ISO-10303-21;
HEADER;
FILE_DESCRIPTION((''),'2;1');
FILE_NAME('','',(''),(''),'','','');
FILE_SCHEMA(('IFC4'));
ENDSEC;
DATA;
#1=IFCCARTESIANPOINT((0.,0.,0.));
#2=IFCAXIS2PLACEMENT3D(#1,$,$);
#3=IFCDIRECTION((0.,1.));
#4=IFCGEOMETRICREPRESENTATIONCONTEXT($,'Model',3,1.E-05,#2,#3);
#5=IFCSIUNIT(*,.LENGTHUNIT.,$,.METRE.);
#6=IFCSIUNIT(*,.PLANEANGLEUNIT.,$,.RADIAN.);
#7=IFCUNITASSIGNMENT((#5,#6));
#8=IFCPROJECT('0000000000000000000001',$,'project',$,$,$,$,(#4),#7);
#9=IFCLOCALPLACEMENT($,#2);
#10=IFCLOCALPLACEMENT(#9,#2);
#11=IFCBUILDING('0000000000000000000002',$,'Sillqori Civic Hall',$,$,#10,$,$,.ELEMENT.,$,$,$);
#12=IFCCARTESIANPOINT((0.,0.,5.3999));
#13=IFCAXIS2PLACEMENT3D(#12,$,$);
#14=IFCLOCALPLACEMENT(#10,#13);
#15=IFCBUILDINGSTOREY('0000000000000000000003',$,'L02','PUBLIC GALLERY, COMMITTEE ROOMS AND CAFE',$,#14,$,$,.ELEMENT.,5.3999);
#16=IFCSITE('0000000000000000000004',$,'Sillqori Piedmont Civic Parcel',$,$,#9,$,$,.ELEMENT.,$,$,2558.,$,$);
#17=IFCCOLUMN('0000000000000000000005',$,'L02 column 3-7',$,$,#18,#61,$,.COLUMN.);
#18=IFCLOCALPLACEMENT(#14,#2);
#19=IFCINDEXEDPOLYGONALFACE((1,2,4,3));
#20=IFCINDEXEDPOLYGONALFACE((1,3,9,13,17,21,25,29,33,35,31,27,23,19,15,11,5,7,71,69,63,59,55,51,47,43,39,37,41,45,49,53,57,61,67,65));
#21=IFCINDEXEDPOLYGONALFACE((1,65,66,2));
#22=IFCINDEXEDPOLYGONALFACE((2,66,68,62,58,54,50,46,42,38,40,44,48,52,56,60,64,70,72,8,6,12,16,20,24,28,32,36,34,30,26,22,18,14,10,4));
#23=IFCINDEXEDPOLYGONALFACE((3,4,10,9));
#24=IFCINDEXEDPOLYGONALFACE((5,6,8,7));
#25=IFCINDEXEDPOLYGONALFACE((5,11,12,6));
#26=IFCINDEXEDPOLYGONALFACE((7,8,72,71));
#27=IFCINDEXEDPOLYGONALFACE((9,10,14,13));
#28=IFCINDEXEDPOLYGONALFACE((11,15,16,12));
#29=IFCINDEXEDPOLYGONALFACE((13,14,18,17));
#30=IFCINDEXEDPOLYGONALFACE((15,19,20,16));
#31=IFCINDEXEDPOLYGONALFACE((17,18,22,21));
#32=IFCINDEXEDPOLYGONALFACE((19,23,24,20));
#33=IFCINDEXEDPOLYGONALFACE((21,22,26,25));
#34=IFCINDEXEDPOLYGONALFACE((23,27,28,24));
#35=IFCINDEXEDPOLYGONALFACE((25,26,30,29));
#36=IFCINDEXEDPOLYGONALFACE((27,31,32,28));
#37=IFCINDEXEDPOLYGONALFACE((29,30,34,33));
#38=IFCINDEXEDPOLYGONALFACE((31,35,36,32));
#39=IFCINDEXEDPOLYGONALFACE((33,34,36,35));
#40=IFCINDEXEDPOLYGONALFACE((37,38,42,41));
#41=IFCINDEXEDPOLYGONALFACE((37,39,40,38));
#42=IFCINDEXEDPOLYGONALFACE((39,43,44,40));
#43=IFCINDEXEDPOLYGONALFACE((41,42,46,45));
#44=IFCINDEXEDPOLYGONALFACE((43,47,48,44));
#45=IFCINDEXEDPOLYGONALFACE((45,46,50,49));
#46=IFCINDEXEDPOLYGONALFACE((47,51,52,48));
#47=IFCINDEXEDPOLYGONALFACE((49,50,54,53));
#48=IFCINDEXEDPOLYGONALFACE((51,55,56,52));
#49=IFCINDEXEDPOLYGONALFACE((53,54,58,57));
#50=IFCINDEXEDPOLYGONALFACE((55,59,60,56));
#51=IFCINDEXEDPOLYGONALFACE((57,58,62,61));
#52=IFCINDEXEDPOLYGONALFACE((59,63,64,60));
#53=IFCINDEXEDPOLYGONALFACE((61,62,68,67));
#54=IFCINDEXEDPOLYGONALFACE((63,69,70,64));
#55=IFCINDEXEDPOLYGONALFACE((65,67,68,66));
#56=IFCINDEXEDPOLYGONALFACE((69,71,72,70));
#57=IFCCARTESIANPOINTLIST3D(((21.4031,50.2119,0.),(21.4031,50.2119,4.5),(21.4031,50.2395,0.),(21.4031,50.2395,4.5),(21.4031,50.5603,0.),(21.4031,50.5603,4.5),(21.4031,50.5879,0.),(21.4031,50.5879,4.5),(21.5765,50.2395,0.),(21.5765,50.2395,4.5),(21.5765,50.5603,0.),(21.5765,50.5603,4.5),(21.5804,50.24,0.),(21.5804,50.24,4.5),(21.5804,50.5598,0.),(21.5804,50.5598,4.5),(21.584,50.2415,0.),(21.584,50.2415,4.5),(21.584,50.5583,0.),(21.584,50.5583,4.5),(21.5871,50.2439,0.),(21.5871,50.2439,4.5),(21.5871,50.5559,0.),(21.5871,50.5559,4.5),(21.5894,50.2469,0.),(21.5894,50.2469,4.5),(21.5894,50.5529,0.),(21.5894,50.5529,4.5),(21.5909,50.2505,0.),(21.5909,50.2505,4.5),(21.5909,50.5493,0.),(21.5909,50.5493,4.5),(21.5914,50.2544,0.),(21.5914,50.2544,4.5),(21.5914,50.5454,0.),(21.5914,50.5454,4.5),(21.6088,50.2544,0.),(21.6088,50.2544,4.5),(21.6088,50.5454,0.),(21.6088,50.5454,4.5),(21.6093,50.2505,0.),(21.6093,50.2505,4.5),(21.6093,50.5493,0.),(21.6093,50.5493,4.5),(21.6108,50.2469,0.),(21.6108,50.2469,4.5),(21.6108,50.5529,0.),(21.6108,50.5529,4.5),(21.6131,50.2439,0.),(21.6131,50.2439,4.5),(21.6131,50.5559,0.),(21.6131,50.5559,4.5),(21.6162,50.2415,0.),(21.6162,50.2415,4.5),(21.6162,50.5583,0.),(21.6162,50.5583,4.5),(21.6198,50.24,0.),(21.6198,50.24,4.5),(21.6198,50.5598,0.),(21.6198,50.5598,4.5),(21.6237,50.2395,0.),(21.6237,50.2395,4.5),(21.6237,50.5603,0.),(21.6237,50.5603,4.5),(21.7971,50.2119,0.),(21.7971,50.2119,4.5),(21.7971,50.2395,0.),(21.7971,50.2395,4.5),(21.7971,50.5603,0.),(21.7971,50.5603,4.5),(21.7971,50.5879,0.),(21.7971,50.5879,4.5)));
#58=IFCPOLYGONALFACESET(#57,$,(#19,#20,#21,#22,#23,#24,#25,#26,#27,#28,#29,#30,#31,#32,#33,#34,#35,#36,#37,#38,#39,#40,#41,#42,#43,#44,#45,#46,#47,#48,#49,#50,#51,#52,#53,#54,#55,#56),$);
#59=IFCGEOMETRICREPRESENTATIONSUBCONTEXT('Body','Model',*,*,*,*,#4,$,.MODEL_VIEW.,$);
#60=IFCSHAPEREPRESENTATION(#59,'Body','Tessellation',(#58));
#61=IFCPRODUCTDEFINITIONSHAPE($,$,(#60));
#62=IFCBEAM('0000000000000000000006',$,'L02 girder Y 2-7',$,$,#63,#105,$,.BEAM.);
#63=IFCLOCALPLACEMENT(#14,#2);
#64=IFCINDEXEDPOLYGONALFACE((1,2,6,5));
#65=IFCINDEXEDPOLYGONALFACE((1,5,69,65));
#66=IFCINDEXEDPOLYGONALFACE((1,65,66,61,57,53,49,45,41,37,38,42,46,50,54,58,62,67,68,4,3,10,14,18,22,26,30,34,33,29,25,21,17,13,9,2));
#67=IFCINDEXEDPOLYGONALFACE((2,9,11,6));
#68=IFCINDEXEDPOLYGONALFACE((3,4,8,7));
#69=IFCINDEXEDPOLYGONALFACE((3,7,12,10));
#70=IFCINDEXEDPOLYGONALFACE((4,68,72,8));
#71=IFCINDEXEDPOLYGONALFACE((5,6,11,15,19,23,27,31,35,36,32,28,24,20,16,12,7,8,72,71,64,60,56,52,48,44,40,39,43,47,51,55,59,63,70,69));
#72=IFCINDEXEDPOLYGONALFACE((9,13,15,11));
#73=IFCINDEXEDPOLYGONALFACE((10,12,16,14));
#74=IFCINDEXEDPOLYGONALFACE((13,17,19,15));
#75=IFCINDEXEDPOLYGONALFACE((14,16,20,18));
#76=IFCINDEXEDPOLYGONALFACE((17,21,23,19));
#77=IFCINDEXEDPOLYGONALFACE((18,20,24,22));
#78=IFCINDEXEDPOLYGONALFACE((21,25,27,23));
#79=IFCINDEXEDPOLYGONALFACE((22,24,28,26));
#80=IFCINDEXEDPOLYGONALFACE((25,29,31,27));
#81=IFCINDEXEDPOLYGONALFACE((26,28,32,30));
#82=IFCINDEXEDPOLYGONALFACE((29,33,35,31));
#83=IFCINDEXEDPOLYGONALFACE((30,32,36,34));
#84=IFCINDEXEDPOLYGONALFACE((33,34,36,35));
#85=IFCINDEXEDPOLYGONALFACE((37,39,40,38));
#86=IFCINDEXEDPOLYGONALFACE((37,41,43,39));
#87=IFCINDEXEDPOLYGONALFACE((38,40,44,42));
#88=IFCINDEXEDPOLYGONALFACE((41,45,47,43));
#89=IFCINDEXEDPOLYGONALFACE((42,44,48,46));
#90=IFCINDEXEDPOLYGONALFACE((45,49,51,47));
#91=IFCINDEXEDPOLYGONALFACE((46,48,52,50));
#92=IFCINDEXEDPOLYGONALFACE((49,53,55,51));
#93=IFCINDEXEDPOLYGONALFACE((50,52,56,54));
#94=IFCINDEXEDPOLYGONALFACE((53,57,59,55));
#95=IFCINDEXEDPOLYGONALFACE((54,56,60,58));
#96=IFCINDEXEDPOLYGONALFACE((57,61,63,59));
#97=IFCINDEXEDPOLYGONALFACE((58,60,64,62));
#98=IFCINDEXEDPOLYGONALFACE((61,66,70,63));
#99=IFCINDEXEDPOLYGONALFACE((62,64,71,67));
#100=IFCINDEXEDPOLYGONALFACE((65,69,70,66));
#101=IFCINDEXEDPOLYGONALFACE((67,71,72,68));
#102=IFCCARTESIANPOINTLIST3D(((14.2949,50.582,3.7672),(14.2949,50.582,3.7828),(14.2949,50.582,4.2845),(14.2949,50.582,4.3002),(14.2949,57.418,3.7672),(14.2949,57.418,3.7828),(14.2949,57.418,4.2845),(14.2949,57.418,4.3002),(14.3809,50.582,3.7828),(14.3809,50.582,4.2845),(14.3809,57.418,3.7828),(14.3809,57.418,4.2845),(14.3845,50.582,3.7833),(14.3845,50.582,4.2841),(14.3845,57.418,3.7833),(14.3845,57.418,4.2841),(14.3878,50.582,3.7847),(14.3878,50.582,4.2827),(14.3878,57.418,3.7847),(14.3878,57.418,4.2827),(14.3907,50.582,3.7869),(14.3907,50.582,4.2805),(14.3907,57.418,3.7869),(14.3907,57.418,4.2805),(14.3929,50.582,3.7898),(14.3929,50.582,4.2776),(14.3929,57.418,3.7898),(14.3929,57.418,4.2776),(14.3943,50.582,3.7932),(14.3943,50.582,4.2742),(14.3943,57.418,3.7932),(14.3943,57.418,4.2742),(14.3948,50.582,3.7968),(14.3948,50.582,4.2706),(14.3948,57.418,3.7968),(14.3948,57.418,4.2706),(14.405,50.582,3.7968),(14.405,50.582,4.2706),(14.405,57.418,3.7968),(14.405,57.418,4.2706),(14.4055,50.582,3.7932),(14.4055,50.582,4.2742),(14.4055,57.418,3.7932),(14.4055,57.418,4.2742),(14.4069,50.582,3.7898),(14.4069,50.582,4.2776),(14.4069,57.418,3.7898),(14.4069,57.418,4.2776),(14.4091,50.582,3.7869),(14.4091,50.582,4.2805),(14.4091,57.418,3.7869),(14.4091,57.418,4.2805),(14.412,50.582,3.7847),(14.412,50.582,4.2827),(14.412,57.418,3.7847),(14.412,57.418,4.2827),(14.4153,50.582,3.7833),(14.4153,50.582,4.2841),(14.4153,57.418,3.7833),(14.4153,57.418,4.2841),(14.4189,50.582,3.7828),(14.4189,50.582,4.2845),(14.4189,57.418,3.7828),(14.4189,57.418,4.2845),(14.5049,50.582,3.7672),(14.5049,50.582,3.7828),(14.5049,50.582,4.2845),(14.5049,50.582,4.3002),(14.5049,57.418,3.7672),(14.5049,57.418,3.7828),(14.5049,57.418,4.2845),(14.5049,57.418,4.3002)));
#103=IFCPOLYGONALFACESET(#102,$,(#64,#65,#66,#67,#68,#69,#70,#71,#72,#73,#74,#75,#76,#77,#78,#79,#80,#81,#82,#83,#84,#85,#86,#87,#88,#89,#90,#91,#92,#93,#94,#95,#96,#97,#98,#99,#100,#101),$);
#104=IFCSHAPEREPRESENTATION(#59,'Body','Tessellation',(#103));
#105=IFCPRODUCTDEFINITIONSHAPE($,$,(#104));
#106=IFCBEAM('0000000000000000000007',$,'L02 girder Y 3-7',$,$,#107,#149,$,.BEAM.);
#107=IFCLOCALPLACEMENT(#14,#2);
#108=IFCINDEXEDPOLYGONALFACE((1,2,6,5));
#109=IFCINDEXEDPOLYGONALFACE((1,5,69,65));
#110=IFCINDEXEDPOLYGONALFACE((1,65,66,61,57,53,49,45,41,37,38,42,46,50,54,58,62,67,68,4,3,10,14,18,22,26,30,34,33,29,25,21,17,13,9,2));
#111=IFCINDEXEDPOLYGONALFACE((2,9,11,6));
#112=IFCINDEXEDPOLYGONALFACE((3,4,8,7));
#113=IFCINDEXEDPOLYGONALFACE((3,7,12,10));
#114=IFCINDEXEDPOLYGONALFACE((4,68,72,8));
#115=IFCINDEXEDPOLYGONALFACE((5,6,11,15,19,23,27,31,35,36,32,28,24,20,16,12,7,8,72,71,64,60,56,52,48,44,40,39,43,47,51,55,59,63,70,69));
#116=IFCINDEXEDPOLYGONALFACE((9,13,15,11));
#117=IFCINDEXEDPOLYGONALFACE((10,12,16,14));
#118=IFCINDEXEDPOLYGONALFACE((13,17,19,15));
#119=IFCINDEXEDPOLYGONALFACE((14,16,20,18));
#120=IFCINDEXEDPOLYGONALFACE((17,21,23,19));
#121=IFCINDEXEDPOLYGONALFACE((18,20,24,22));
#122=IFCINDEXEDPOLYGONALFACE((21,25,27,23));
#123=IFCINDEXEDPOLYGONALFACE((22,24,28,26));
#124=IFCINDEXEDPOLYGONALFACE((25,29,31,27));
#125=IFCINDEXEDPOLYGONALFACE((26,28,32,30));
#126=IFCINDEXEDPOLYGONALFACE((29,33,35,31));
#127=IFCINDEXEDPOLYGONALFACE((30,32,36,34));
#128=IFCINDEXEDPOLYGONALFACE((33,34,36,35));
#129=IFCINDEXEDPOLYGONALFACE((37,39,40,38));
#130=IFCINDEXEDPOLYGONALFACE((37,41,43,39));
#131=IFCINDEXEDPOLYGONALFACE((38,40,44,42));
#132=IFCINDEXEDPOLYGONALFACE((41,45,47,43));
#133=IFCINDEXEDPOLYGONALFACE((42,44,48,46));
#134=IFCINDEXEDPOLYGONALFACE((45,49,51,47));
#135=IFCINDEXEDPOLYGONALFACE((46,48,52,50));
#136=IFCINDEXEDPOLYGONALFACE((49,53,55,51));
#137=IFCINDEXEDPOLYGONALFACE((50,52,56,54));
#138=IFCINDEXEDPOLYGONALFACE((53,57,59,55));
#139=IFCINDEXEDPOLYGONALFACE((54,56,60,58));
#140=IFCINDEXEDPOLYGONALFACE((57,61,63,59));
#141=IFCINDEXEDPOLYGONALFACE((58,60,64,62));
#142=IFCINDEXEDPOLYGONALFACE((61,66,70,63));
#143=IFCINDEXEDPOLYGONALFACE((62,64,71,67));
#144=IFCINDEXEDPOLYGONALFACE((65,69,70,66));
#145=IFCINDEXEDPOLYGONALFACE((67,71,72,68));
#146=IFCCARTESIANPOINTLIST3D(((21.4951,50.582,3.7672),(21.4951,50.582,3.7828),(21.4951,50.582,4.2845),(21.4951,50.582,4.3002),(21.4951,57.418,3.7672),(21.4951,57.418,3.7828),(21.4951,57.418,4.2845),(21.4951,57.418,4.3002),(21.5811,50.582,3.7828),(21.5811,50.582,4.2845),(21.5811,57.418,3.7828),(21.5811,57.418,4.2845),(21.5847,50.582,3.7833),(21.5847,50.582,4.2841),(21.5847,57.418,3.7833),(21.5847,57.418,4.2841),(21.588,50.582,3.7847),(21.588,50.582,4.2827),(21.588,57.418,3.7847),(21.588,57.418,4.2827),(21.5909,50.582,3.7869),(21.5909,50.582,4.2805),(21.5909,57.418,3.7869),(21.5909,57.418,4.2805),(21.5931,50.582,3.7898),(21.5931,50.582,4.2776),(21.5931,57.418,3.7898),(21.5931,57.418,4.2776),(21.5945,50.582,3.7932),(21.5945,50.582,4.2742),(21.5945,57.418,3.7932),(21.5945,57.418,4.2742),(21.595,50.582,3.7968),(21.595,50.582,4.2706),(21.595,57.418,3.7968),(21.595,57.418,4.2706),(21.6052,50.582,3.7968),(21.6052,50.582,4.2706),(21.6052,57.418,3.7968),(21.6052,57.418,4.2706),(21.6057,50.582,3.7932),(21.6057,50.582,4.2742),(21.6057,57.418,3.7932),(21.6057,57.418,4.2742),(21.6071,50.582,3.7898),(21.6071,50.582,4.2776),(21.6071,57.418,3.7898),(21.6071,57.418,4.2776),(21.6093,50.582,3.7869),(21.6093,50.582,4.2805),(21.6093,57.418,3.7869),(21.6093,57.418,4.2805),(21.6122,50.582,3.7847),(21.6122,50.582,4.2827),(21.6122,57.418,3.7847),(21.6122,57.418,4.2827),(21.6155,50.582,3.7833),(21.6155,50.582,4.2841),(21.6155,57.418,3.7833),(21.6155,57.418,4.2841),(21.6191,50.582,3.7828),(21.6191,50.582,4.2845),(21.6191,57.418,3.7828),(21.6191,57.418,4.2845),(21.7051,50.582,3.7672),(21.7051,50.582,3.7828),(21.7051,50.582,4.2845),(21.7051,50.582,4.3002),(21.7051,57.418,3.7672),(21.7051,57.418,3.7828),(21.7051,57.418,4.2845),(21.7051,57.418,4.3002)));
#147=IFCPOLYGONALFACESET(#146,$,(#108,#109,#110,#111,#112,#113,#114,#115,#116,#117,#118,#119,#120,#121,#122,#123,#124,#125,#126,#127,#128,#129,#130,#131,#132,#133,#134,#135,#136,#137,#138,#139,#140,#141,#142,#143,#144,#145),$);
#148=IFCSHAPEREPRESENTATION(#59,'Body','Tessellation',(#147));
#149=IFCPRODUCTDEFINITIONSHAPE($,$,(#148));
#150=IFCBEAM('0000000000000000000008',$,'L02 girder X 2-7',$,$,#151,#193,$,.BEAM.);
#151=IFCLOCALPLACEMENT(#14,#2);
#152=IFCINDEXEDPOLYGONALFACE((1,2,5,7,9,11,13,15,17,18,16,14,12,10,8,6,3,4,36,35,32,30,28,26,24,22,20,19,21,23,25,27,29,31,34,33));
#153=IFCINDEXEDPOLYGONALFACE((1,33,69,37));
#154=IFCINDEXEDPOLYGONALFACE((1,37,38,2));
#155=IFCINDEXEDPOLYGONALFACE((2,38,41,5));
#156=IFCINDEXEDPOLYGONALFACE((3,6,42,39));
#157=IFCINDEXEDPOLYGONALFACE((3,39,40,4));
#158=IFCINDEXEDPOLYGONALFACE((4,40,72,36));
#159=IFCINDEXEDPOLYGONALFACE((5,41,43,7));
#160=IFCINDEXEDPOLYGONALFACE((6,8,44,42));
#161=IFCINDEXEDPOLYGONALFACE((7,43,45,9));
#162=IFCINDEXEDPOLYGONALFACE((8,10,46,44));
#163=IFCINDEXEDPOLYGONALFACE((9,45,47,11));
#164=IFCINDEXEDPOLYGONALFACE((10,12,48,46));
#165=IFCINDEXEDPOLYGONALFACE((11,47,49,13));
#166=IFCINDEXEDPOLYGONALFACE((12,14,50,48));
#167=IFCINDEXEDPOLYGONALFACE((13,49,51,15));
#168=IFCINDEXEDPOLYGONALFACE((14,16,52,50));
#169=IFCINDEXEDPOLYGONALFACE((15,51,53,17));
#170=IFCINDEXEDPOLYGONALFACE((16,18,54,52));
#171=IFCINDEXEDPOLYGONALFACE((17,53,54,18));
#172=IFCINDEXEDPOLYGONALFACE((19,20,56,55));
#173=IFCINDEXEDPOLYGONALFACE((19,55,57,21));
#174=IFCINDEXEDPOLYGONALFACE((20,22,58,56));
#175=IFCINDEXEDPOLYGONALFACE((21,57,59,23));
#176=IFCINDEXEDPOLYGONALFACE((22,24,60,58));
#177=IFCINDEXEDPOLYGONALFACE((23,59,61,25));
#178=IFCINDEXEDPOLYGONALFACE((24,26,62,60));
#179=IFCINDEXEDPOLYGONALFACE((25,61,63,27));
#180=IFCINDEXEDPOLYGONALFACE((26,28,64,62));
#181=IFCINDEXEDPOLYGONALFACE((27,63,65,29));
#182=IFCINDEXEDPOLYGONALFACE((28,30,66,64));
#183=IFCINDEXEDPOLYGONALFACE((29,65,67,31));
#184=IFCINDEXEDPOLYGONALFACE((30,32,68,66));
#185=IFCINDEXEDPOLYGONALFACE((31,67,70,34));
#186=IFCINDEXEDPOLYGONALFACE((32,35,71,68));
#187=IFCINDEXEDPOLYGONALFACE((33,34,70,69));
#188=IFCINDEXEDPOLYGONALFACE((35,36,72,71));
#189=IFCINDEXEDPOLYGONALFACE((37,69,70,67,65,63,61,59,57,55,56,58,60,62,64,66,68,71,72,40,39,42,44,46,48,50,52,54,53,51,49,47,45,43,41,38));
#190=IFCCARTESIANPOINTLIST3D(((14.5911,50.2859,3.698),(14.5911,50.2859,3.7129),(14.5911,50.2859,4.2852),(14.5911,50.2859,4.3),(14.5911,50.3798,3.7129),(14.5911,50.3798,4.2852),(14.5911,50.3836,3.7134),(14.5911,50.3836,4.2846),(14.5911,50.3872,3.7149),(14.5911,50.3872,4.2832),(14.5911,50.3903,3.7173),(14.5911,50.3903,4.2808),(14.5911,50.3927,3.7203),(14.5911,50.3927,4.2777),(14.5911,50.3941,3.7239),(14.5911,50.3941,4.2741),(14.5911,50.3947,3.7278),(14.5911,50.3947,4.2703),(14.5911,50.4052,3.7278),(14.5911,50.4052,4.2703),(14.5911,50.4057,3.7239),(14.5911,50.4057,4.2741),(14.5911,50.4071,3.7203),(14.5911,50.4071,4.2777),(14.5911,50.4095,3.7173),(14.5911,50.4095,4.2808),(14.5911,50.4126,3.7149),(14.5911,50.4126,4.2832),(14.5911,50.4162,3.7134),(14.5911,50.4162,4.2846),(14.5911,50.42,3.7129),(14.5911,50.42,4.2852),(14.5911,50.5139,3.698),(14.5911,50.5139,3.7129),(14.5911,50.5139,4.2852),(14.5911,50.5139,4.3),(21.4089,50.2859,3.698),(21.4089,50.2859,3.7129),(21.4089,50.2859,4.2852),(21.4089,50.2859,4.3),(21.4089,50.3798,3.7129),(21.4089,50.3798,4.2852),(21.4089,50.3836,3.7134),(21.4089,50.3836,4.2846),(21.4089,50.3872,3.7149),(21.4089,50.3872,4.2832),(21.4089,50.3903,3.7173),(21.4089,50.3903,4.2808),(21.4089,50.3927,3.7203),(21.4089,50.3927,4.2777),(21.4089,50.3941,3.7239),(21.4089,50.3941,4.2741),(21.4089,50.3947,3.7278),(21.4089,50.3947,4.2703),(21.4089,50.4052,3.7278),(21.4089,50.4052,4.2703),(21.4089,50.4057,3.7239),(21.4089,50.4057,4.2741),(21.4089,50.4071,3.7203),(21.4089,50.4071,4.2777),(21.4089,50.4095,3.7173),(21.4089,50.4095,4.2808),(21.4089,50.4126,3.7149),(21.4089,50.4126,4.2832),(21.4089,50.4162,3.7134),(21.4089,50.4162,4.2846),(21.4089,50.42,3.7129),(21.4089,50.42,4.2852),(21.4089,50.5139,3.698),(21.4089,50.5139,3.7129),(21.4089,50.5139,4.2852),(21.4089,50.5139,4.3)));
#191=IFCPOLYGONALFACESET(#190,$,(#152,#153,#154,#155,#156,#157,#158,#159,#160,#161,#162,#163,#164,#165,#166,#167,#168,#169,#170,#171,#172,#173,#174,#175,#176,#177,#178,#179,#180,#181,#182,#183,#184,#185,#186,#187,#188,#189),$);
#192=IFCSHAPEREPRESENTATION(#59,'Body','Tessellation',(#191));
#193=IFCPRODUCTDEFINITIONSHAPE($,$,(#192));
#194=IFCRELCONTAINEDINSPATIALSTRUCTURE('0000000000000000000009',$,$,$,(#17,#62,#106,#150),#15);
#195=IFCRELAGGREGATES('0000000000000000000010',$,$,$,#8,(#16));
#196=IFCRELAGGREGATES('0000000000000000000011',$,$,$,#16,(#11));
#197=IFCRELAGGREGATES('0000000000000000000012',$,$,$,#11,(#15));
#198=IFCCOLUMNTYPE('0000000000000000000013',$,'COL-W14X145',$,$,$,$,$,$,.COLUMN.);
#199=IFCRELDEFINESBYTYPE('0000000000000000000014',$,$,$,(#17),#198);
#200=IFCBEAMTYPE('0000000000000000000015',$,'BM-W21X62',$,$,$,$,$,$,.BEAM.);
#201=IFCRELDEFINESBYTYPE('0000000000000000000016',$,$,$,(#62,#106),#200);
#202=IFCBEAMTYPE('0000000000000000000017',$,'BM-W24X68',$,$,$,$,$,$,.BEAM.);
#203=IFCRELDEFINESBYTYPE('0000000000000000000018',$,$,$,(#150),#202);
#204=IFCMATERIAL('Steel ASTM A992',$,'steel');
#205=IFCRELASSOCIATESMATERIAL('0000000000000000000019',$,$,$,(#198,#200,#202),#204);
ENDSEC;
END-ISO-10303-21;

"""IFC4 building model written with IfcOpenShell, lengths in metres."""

from ifc_helpers import new_model, si_unit, direction, frame, origin, origin_2d, place, context, subcontext, project, spatial, i_section, extrude, material, material_profile, profile_set, type_object, element, save


model = new_model("IFC4")

# Units and contexts
model_context = context("Model", 3, precision=1e-05, world=origin(), true_north=direction((0.0, 1.0)))
body_context = subcontext(model_context, "Body", "Model", "MODEL_VIEW")
ifc_project = project(units=[si_unit("LENGTHUNIT", "METRE"), si_unit("PLANEANGLEUNIT", "RADIAN")], contexts=[model_context])

# Site, building, storey
site_placement = place(None, origin())
site = spatial("IfcSite", under=ifc_project, at=site_placement, Name="Sillqori Piedmont Civic Parcel", CompositionType="ELEMENT", RefElevation=2558.0)
building_placement = place(site_placement, origin())
building = spatial("IfcBuilding", under=site, at=building_placement, Name="Sillqori Civic Hall", CompositionType="ELEMENT")
storey_placement = place(building_placement, frame((0.0, 0.0, 5.3999)))
storey = spatial("IfcBuildingStorey", under=building, at=storey_placement, Name="L02", Description="PUBLIC GALLERY, COMMITTEE ROOMS AND CAFE", CompositionType="ELEMENT", Elevation=5.3999)

# Column
ifc_material_1 = material(Name="Steel ASTM A992", Category="steel")
ifc_material_profile_1 = material_profile(ifc_material_1, i_section(OverallWidth=0.394, OverallDepth=0.376, WebThickness=0.0173, FlangeThickness=0.0276, FilletRadius=0.0149, at=origin_2d()), Name="W14X145")
ifc_profile_set_1 = profile_set([ifc_material_profile_1], Name="Steel ASTM A992")
column_type = type_object("IfcColumnType", Name="COL-W14X145", PredefinedType="COLUMN", material=ifc_profile_set_1)
column_placement = place(storey_placement, frame((21.6001, 50.3999, 0.0), z_axis=(0.0, 0.0, 1.0), x_axis=(1.0, 0.0, 0.0)))
element("IfcColumn", 1, at=column_placement, inside=storey, type_object=column_type, Name="L02 column 3-7", PredefinedType="COLUMN", context=body_context, shape_type="SweptSolid", body=[
    extrude(i_section(OverallWidth=0.394, OverallDepth=0.376, WebThickness=0.0173, FlangeThickness=0.0276, FilletRadius=0.0149, at=origin_2d()), origin(), (0.0, 0.0, 1.0), 4.5),
])

# Beams
ifc_material_profile_2 = material_profile(ifc_material_1, i_section(OverallWidth=0.21, OverallDepth=0.533, WebThickness=0.0103, FlangeThickness=0.0156, FilletRadius=0.0139, at=origin_2d()), Name="W21X62")
ifc_profile_set_2 = profile_set([ifc_material_profile_2], Name="Steel ASTM A992")
beam_type_1 = type_object("IfcBeamType", Name="BM-W21X62", PredefinedType="BEAM", material=ifc_profile_set_2)
for number, where, z_axis, x_axis, name in (
    (2, (14.3999, 50.582, 4.0337), (0.0, 1.0, 0.0), (-1.0, 0.0, 0.0), "L02 girder Y 2-7"),
    (3, (21.6001, 50.582, 4.0337), (0.0, 1.0, 0.0), (-1.0, 0.0, 0.0), "L02 girder Y 3-7"),
):
    element("IfcBeam", number, at=place(storey_placement, frame(where, z_axis=z_axis, x_axis=x_axis)), inside=storey, type_object=beam_type_1, Name=name, PredefinedType="BEAM", context=body_context, shape_type="SweptSolid", body=[
        extrude(i_section(OverallWidth=0.21, OverallDepth=0.533, WebThickness=0.0103, FlangeThickness=0.0156, FilletRadius=0.0139, at=origin_2d()), origin(), (0.0, 0.0, 1.0), 6.8359),
    ])
ifc_material_profile_3 = material_profile(ifc_material_1, i_section(OverallWidth=0.228, OverallDepth=0.6021, WebThickness=0.0105, FlangeThickness=0.0149, FilletRadius=0.0149, at=origin_2d()), Name="W24X68")
ifc_profile_set_3 = profile_set([ifc_material_profile_3], Name="Steel ASTM A992")
beam_type_2 = type_object("IfcBeamType", Name="BM-W24X68", PredefinedType="BEAM", material=ifc_profile_set_3)
for number, where, z_axis, x_axis, name in (
    (4, (14.5911, 50.3999, 3.999), (1.0, 0.0, 0.0), (0.0, 1.0, 0.0), "L02 girder X 2-7"),
):
    element("IfcBeam", number, at=place(storey_placement, frame(where, z_axis=z_axis, x_axis=x_axis)), inside=storey, type_object=beam_type_2, Name=name, PredefinedType="BEAM", context=body_context, shape_type="SweptSolid", body=[
        extrude(i_section(OverallWidth=0.228, OverallDepth=0.6021, WebThickness=0.0105, FlangeThickness=0.0149, FilletRadius=0.0149, at=origin_2d()), origin(), (0.0, 0.0, 1.0), 6.8179),
    ])

save(model, "model.ifc")
